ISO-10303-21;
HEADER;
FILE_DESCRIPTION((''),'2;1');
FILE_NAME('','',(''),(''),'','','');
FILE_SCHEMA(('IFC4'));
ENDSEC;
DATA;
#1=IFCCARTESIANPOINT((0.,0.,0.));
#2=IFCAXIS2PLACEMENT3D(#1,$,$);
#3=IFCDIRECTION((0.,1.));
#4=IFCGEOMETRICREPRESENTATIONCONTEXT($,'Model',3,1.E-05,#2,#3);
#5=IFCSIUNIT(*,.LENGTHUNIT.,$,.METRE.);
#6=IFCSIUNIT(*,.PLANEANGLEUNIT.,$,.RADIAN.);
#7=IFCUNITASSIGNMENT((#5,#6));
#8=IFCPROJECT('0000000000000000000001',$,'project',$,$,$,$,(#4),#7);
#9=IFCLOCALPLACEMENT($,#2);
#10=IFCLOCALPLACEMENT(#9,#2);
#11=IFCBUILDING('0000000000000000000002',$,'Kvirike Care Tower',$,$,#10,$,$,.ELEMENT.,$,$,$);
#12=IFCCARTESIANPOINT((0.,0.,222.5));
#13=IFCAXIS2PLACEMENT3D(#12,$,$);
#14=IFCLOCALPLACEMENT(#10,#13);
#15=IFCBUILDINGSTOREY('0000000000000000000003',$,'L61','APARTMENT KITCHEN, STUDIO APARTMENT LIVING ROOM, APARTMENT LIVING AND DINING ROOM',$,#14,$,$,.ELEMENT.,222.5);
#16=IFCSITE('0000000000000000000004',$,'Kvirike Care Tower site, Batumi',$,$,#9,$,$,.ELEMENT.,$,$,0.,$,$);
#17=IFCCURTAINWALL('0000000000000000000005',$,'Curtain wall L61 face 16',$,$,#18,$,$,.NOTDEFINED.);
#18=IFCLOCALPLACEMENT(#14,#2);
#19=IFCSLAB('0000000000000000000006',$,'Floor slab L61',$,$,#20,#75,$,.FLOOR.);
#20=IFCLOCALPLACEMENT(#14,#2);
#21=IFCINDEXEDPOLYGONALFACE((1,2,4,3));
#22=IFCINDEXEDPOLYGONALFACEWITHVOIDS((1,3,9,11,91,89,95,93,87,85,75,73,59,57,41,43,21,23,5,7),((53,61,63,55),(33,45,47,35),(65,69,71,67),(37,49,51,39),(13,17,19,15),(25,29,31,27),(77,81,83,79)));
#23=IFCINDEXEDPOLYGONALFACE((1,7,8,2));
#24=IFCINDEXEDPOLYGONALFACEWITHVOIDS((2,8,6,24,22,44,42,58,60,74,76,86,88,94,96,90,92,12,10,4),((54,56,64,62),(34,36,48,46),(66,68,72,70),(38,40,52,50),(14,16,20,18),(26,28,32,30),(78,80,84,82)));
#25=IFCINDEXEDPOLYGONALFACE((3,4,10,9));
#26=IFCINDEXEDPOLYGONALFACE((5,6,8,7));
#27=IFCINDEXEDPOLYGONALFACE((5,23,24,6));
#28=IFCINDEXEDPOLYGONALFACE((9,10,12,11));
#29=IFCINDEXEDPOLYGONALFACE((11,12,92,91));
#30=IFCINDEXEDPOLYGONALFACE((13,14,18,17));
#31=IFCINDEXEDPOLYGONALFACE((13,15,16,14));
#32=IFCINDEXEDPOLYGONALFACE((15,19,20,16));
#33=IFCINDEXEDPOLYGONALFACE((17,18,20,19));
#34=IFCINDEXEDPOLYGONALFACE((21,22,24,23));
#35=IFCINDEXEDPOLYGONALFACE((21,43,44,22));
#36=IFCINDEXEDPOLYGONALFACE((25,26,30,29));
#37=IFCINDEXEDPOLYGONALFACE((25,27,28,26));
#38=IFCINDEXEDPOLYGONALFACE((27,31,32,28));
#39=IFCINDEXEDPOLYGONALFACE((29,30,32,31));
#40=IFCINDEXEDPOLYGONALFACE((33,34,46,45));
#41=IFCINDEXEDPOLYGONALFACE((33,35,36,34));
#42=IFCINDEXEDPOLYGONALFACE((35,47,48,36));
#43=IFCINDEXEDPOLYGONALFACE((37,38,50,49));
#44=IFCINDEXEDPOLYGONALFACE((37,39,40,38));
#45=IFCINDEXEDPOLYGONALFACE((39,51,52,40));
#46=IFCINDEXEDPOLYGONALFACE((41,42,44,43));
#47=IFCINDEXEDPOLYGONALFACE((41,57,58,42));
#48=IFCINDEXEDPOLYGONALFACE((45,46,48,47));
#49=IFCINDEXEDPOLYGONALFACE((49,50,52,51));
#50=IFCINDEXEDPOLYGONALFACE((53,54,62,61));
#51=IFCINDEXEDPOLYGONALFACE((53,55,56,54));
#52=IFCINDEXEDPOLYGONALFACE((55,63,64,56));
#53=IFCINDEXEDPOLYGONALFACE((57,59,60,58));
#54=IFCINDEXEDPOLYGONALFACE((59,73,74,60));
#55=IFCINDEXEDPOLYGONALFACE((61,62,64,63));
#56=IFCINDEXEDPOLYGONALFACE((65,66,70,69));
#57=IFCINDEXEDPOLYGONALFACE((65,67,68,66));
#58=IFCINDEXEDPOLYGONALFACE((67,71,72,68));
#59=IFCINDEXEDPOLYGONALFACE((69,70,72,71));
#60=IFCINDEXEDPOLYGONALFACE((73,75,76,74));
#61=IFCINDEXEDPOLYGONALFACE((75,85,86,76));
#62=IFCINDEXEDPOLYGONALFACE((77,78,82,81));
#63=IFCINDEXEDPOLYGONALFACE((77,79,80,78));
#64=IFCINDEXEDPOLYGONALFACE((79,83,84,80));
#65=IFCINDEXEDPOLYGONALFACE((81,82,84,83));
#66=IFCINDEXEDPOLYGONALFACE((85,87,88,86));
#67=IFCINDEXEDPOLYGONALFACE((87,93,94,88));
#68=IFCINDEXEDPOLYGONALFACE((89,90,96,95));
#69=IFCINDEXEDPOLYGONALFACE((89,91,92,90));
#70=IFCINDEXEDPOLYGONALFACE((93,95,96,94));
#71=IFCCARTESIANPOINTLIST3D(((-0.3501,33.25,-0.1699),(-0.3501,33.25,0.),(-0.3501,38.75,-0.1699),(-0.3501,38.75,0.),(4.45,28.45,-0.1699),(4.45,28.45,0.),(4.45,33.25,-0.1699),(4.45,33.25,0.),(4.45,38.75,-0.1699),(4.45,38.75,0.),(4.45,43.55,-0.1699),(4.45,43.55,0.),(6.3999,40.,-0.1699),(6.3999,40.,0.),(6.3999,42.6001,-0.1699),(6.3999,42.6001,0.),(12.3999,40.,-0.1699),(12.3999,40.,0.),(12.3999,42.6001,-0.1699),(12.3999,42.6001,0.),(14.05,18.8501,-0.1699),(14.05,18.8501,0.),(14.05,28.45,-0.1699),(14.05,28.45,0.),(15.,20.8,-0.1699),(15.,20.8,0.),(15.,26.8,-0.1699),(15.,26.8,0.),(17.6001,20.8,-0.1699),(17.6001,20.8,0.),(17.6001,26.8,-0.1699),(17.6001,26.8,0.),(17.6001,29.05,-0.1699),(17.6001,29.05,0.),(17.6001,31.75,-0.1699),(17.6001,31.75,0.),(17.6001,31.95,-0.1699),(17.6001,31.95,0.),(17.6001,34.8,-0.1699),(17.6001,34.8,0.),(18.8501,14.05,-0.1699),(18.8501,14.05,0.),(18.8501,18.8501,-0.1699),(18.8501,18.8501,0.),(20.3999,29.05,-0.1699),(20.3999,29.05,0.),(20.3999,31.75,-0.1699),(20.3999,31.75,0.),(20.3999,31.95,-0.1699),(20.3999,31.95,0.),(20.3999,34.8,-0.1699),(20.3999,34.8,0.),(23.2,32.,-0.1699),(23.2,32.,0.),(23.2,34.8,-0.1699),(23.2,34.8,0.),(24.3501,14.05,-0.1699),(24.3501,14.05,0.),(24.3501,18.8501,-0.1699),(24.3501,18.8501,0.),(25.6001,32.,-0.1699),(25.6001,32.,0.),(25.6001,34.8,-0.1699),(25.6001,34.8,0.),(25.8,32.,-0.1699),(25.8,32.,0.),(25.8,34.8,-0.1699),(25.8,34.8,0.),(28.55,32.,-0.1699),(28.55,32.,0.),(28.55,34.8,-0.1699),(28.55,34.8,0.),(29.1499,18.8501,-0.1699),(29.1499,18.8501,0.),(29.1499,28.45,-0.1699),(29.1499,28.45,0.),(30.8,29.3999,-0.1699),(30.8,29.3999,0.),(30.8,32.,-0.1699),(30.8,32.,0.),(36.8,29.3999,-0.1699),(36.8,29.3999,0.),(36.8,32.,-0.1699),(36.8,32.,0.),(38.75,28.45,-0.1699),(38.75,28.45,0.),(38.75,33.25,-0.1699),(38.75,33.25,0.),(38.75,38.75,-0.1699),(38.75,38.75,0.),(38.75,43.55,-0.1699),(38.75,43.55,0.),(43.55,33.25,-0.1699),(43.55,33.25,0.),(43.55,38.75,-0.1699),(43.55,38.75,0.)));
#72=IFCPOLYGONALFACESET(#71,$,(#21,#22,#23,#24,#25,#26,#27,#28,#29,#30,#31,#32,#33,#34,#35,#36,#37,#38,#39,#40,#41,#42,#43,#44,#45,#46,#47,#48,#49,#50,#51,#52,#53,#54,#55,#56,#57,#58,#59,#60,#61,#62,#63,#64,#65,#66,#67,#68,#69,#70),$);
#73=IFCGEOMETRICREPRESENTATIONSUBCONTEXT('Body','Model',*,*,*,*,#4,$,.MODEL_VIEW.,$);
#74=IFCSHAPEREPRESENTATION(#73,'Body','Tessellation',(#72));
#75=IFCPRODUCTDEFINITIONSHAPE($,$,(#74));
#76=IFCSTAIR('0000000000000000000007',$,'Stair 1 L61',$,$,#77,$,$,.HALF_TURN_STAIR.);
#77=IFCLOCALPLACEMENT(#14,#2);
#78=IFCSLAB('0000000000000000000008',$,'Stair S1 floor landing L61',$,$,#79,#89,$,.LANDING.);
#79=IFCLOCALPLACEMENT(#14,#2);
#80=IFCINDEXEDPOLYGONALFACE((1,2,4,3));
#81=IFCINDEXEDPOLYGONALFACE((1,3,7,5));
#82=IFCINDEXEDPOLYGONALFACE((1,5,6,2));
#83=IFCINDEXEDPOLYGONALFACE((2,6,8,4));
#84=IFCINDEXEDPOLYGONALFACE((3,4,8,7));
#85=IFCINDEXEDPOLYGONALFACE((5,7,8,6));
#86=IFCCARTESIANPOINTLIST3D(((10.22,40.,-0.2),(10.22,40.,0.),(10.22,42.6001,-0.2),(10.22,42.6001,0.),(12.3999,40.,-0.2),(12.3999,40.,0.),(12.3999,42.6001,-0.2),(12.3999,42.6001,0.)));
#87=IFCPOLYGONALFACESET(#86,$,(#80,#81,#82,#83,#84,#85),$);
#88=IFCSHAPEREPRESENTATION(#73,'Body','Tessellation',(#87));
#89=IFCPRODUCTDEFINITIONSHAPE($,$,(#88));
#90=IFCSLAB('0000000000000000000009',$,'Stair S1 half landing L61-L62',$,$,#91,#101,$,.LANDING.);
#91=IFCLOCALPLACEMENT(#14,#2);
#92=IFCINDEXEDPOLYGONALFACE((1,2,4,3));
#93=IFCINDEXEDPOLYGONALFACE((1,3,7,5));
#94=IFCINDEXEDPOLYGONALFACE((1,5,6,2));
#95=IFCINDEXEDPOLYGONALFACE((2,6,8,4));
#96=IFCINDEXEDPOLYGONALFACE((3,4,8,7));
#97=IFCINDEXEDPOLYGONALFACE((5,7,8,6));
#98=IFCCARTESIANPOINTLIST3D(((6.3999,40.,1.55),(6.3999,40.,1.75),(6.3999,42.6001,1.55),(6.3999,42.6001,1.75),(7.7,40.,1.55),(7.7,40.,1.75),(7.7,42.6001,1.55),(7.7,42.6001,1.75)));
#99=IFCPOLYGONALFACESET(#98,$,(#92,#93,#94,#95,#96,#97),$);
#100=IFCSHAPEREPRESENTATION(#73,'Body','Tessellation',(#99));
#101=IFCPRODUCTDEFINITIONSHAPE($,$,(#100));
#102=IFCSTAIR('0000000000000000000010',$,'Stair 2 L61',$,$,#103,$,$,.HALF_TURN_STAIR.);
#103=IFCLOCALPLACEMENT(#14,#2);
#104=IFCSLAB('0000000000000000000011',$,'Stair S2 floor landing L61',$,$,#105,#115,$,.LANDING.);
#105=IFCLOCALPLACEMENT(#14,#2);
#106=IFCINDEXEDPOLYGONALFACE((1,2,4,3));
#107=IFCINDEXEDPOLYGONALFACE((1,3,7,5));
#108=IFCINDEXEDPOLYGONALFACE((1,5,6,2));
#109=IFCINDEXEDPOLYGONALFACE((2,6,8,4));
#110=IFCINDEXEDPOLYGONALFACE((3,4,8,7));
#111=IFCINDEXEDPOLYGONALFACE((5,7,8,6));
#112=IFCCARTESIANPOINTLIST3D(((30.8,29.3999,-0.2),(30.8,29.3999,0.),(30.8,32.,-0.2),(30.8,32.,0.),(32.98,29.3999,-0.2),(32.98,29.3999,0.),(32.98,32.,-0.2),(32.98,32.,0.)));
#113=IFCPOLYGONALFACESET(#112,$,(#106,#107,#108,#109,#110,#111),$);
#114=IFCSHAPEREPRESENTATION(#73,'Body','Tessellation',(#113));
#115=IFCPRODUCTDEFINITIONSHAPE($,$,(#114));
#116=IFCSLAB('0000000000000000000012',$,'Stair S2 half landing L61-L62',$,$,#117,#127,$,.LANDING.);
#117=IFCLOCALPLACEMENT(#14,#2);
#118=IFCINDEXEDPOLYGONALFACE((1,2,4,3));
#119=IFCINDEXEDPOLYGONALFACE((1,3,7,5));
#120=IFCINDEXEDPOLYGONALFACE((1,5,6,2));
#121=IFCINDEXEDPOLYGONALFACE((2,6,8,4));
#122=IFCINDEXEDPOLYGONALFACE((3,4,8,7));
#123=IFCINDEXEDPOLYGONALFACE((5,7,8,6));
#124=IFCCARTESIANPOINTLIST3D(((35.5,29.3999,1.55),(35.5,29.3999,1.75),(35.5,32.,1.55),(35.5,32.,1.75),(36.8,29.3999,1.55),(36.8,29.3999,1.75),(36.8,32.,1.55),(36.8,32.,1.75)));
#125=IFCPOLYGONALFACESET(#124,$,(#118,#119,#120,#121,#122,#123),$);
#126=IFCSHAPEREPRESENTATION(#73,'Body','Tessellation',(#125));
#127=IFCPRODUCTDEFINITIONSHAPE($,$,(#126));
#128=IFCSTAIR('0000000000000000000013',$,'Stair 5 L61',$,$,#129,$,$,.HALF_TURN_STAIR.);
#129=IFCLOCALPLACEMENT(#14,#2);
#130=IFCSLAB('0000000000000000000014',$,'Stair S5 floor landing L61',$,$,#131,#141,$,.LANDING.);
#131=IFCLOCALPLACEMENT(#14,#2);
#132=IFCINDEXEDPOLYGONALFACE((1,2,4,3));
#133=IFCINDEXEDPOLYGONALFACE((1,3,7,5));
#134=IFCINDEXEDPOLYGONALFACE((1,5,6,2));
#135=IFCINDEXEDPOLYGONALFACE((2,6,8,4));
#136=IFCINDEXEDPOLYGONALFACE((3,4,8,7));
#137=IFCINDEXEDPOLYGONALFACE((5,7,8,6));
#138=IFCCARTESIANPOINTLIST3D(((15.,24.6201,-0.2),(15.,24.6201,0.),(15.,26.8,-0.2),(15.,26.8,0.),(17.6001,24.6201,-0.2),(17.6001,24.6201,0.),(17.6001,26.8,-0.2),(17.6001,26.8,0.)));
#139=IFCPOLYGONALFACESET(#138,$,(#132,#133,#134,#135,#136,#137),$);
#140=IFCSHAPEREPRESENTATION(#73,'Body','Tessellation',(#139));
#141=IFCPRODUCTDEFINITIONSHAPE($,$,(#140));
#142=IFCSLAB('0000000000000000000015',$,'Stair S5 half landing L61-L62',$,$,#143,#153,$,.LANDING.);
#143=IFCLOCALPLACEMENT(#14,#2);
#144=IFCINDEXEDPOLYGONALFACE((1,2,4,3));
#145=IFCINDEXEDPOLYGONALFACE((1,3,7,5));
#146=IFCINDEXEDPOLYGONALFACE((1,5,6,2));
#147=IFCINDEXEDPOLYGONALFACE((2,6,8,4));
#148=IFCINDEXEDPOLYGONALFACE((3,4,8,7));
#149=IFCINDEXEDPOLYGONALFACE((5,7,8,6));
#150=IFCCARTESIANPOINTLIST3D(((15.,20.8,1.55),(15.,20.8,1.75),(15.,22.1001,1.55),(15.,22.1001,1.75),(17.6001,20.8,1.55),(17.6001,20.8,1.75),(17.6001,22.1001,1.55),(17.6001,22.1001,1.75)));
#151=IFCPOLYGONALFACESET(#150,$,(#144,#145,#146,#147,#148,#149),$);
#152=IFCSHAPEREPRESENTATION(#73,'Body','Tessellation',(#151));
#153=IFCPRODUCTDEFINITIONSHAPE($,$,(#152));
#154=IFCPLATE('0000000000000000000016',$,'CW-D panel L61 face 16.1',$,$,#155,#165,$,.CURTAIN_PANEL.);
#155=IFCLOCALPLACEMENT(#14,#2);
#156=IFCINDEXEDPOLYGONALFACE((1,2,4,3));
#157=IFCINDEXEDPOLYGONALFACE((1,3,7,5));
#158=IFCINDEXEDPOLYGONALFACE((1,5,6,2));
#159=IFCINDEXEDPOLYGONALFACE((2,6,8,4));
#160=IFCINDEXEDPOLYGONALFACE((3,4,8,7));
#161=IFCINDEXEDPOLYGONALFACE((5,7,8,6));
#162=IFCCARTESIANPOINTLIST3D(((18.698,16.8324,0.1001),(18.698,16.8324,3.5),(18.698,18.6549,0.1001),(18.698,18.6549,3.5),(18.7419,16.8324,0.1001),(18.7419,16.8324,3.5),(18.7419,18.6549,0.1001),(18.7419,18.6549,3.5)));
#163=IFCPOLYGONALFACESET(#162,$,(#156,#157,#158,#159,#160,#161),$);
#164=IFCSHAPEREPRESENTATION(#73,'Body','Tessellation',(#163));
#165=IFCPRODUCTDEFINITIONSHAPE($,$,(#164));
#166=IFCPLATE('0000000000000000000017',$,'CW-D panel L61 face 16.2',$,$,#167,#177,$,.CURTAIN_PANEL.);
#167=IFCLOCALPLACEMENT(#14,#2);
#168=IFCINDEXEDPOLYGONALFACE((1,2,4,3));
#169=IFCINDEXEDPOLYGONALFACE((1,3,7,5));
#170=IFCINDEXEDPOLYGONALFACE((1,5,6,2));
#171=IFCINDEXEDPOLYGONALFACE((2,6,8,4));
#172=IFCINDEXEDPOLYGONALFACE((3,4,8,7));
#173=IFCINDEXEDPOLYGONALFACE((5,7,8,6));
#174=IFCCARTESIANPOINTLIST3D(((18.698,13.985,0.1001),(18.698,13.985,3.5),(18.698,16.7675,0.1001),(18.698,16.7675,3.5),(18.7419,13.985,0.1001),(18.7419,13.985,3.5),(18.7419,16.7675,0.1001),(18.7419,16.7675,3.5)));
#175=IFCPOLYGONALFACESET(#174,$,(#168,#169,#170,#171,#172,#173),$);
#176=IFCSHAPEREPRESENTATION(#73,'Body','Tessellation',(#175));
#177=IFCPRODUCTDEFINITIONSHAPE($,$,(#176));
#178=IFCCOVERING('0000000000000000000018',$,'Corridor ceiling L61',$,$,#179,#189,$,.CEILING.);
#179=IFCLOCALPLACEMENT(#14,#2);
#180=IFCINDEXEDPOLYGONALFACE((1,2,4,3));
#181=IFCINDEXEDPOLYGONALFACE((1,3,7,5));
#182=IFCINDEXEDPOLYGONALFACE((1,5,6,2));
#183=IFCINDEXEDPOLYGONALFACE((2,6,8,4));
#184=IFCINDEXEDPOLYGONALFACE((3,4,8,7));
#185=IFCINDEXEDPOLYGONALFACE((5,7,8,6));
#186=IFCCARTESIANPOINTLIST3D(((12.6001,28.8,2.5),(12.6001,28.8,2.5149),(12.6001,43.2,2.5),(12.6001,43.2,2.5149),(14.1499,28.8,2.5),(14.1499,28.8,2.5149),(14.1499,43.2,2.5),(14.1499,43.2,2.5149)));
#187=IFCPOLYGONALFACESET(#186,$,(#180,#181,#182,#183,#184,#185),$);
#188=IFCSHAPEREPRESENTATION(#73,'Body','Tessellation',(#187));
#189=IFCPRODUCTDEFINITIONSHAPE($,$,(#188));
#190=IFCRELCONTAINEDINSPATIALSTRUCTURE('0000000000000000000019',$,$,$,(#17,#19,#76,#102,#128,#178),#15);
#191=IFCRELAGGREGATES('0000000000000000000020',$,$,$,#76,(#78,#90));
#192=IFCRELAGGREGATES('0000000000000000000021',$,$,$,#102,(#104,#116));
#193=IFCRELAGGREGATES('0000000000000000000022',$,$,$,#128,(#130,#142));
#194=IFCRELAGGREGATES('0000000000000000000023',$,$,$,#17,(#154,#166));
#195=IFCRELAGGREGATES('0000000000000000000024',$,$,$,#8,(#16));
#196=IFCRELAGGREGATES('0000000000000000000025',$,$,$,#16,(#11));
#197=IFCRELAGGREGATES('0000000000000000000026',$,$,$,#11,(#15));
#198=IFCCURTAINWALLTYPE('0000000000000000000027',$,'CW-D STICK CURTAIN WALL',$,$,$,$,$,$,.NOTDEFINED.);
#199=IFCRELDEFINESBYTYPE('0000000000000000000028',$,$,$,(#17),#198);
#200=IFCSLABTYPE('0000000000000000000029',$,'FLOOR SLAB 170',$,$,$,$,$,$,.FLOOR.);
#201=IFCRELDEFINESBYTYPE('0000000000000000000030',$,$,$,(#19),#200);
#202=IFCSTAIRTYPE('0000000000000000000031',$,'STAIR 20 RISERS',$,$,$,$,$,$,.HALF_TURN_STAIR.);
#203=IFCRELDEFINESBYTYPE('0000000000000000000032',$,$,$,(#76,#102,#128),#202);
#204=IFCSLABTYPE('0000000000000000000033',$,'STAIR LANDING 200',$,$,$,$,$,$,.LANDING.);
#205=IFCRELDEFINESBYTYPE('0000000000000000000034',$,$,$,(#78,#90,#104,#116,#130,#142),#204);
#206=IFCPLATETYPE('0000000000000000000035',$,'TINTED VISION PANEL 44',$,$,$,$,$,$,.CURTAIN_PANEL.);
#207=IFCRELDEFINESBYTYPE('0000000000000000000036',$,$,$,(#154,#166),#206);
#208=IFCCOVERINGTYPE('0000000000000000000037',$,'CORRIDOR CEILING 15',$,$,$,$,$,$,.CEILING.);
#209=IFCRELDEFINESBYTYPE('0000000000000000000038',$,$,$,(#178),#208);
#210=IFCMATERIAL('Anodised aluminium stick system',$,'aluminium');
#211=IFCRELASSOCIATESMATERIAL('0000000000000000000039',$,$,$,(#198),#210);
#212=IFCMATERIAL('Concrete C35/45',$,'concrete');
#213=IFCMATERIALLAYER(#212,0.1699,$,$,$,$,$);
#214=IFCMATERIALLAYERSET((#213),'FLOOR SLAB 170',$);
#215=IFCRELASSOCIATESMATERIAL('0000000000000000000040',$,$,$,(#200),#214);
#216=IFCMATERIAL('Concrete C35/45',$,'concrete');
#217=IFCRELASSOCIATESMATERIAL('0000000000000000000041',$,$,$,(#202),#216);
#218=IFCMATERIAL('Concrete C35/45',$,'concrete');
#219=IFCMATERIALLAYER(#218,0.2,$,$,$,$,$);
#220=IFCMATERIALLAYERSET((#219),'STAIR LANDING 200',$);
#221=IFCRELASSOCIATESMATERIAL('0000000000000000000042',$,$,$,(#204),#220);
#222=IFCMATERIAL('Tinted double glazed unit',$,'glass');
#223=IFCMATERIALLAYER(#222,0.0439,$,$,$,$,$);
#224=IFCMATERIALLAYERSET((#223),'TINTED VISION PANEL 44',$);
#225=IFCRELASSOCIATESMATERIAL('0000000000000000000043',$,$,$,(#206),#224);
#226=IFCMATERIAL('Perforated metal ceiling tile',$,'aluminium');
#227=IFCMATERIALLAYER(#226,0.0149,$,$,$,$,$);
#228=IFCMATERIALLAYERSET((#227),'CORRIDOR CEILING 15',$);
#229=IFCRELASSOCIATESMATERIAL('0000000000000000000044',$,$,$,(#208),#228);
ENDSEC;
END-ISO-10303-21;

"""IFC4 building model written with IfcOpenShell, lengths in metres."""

from ifc_helpers import new_model, si_unit, direction, frame, origin, origin_2d, place, context, subcontext, project, spatial, polyline, rectangle, outline, extrude, material, layer, layer_set, type_object, element, aggregate, save


model = new_model("IFC4")

# Units and contexts
model_context = context("Model", 3, precision=1e-05, world=origin(), true_north=direction((0.0, 1.0)))
body_context = subcontext(model_context, "Body", "Model", "MODEL_VIEW")
ifc_project = project(units=[si_unit("LENGTHUNIT", "METRE"), si_unit("PLANEANGLEUNIT", "RADIAN")], contexts=[model_context])

# Site, building, storey
site_placement = place(None, origin())
site = spatial("IfcSite", under=ifc_project, at=site_placement, Name="Kvirike Care Tower site, Batumi", CompositionType="ELEMENT", RefElevation=0.0)
building_placement = place(site_placement, origin())
building = spatial("IfcBuilding", under=site, at=building_placement, Name="Kvirike Care Tower", CompositionType="ELEMENT")
storey_placement = place(building_placement, frame((0.0, 0.0, 222.5)))
storey = spatial("IfcBuildingStorey", under=building, at=storey_placement, Name="L61", Description="APARTMENT KITCHEN, STUDIO APARTMENT LIVING ROOM, APARTMENT LIVING AND DINING ROOM", CompositionType="ELEMENT", Elevation=222.5)

# Curtain wall
ifc_material_1 = material(Name="Anodised aluminium stick system", Category="aluminium")
curtain_wall_type = type_object("IfcCurtainWallType", Name="CW-D STICK CURTAIN WALL", PredefinedType="NOTDEFINED", material=ifc_material_1)
curtain_wall_1_placement = place(storey_placement, origin())
curtain_wall_1 = element("IfcCurtainWall", 1, at=curtain_wall_1_placement, inside=storey, type_object=curtain_wall_type, Name="Curtain wall L61 face 16", PredefinedType="NOTDEFINED")

# Slab
ifc_material_2 = material(Name="Concrete C35/45", Category="concrete")
ifc_layer_1 = layer(ifc_material_2, 0.1699)
ifc_layer_set_1 = layer_set([ifc_layer_1], Name="FLOOR SLAB 170")
slab_type_1 = type_object("IfcSlabType", Name="FLOOR SLAB 170", PredefinedType="FLOOR", material=ifc_layer_set_1)
slab_1_placement = place(storey_placement, frame((0.0, 0.0, -0.1699)))
element("IfcSlab", 2, at=slab_1_placement, inside=storey, type_object=slab_type_1, Name="Floor slab L61", PredefinedType="FLOOR", context=body_context, shape_type="SweptSolid", body=[
    extrude(outline(polyline([(29.1499, 28.45), (38.75, 28.45), (38.75, 33.25), (43.55, 33.25), (43.55, 38.75), (38.75, 38.75), (38.75, 43.55), (4.45, 43.55), (4.45, 38.75), (-0.3501, 38.75), (-0.3501, 33.25), (4.45, 33.25), (4.45, 28.45), (14.05, 28.45), (14.05, 18.8501), (18.8501, 18.8501), (18.8501, 14.05), (24.3501, 14.05), (24.3501, 18.8501), (29.1499, 18.8501), (29.1499, 28.45)]), holes=[polyline([(17.6001, 29.05), (17.6001, 31.75), (20.3999, 31.75), (20.3999, 29.05), (17.6001, 29.05)]), polyline([(17.6001, 31.95), (17.6001, 34.8), (20.3999, 34.8), (20.3999, 31.95), (17.6001, 31.95)]), polyline([(23.2, 32.0), (23.2, 34.8), (25.6001, 34.8), (25.6001, 32.0), (23.2, 32.0)]), polyline([(25.8, 32.0), (25.8, 34.8), (28.55, 34.8), (28.55, 32.0), (25.8, 32.0)]), polyline([(12.3999, 42.6001), (12.3999, 40.0), (6.3999, 40.0), (6.3999, 42.6001), (12.3999, 42.6001)]), polyline([(30.8, 29.3999), (30.8, 32.0), (36.8, 32.0), (36.8, 29.3999), (30.8, 29.3999)]), polyline([(15.0, 26.8), (17.6001, 26.8), (17.6001, 20.8), (15.0, 20.8), (15.0, 26.8)])]), origin(), (0.0, 0.0, 1.0), 0.1699),
])

# Stairs, slabs
ifc_material_3 = material(Name="Concrete C35/45", Category="concrete")
stair_type = type_object("IfcStairType", Name="STAIR 20 RISERS", PredefinedType="HALF_TURN_STAIR", material=ifc_material_3)
stair_1_placement = place(storey_placement, origin())
stair_1 = element("IfcStair", 3, at=stair_1_placement, inside=storey, type_object=stair_type, Name="Stair 1 L61", PredefinedType="HALF_TURN_STAIR")
ifc_material_4 = material(Name="Concrete C35/45", Category="concrete")
ifc_layer_2 = layer(ifc_material_4, 0.2)
ifc_layer_set_2 = layer_set([ifc_layer_2], Name="STAIR LANDING 200")
slab_type_2 = type_object("IfcSlabType", Name="STAIR LANDING 200", PredefinedType="LANDING", material=ifc_layer_set_2)
slab_2_placement = place(storey_placement, frame((0.0, 0.0, -0.2)))
slab_2 = element("IfcSlab", 4, at=slab_2_placement, type_object=slab_type_2, Name="Stair S1 floor landing L61", PredefinedType="LANDING", context=body_context, shape_type="SweptSolid", body=[
    extrude(outline(polyline([(10.22, 42.6001), (10.22, 40.0), (12.3999, 40.0), (12.3999, 42.6001), (10.22, 42.6001)])), origin(), (0.0, 0.0, 1.0), 0.2),
])
slab_3_placement = place(storey_placement, frame((0.0, 0.0, 1.55)))
slab_3 = element("IfcSlab", 5, at=slab_3_placement, type_object=slab_type_2, Name="Stair S1 half landing L61-L62", PredefinedType="LANDING", context=body_context, shape_type="SweptSolid", body=[
    extrude(outline(polyline([(6.3999, 42.6001), (6.3999, 40.0), (7.7, 40.0), (7.7, 42.6001), (6.3999, 42.6001)])), origin(), (0.0, 0.0, 1.0), 0.2),
])
aggregate(stair_1, [slab_2, slab_3])
stair_2_placement = place(storey_placement, origin())
stair_2 = element("IfcStair", 6, at=stair_2_placement, inside=storey, type_object=stair_type, Name="Stair 2 L61", PredefinedType="HALF_TURN_STAIR")
slab_4_placement = place(storey_placement, frame((0.0, 0.0, -0.2)))
slab_4 = element("IfcSlab", 7, at=slab_4_placement, type_object=slab_type_2, Name="Stair S2 floor landing L61", PredefinedType="LANDING", context=body_context, shape_type="SweptSolid", body=[
    extrude(outline(polyline([(32.98, 29.3999), (32.98, 32.0), (30.8, 32.0), (30.8, 29.3999), (32.98, 29.3999)])), origin(), (0.0, 0.0, 1.0), 0.2),
])
slab_5_placement = place(storey_placement, frame((0.0, 0.0, 1.55)))
slab_5 = element("IfcSlab", 8, at=slab_5_placement, type_object=slab_type_2, Name="Stair S2 half landing L61-L62", PredefinedType="LANDING", context=body_context, shape_type="SweptSolid", body=[
    extrude(outline(polyline([(36.8, 29.3999), (36.8, 32.0), (35.5, 32.0), (35.5, 29.3999), (36.8, 29.3999)])), origin(), (0.0, 0.0, 1.0), 0.2),
])
aggregate(stair_2, [slab_4, slab_5])
stair_3_placement = place(storey_placement, origin())
stair_3 = element("IfcStair", 9, at=stair_3_placement, inside=storey, type_object=stair_type, Name="Stair 5 L61", PredefinedType="HALF_TURN_STAIR")
slab_6_placement = place(storey_placement, frame((0.0, 0.0, -0.2)))
slab_6 = element("IfcSlab", 10, at=slab_6_placement, type_object=slab_type_2, Name="Stair S5 floor landing L61", PredefinedType="LANDING", context=body_context, shape_type="SweptSolid", body=[
    extrude(outline(polyline([(15.0, 24.6201), (17.6001, 24.6201), (17.6001, 26.8), (15.0, 26.8), (15.0, 24.6201)])), origin(), (0.0, 0.0, 1.0), 0.2),
])
slab_7_placement = place(storey_placement, frame((0.0, 0.0, 1.55)))
slab_7 = element("IfcSlab", 11, at=slab_7_placement, type_object=slab_type_2, Name="Stair S5 half landing L61-L62", PredefinedType="LANDING", context=body_context, shape_type="SweptSolid", body=[
    extrude(outline(polyline([(15.0, 20.8), (17.6001, 20.8), (17.6001, 22.1001), (15.0, 22.1001), (15.0, 20.8)])), origin(), (0.0, 0.0, 1.0), 0.2),
])
aggregate(stair_3, [slab_6, slab_7])

# Plates
ifc_material_5 = material(Name="Tinted double glazed unit", Category="glass")
ifc_layer_3 = layer(ifc_material_5, 0.0439)
ifc_layer_set_3 = layer_set([ifc_layer_3], Name="TINTED VISION PANEL 44")
plate_type = type_object("IfcPlateType", Name="TINTED VISION PANEL 44", PredefinedType="CURTAIN_PANEL", material=ifc_layer_set_3)
plate_1_placement = place(storey_placement, frame((18.72, 17.7437, 0.1001), z_axis=(0.0, 0.0, 1.0), x_axis=(0.0, -1.0, 0.0)))
plate_1 = element("IfcPlate", 12, at=plate_1_placement, type_object=plate_type, Name="CW-D panel L61 face 16.1", PredefinedType="CURTAIN_PANEL", context=body_context, shape_type="SweptSolid", body=[
    extrude(rectangle(XDim=1.8225, YDim=0.0439, at=origin_2d()), origin(), (0.0, 0.0, 1.0), 3.3999),
])
plate_2_placement = place(storey_placement, frame((18.72, 15.3762, 0.1001), z_axis=(0.0, 0.0, 1.0), x_axis=(0.0, -1.0, 0.0)))
plate_2 = element("IfcPlate", 13, at=plate_2_placement, type_object=plate_type, Name="CW-D panel L61 face 16.2", PredefinedType="CURTAIN_PANEL", context=body_context, shape_type="SweptSolid", body=[
    extrude(rectangle(XDim=2.7825, YDim=0.0439, at=origin_2d()), origin(), (0.0, 0.0, 1.0), 3.3999),
])
aggregate(curtain_wall_1, [plate_1, plate_2])

# Covering
ifc_material_6 = material(Name="Perforated metal ceiling tile", Category="aluminium")
ifc_layer_4 = layer(ifc_material_6, 0.0149)
ifc_layer_set_4 = layer_set([ifc_layer_4], Name="CORRIDOR CEILING 15")
covering_type_1 = type_object("IfcCoveringType", Name="CORRIDOR CEILING 15", PredefinedType="CEILING", material=ifc_layer_set_4)
covering_1_placement = place(storey_placement, frame((0.0, 0.0, 2.5)))
element("IfcCovering", 14, at=covering_1_placement, inside=storey, type_object=covering_type_1, Name="Corridor ceiling L61", PredefinedType="CEILING", context=body_context, shape_type="SweptSolid", body=[
    extrude(outline(polyline([(12.6001, 43.2), (14.1499, 43.2), (14.1499, 28.8), (12.6001, 28.8), (12.6001, 43.2)])), origin(), (0.0, 0.0, 1.0), 0.0149),
])

save(model, "model.ifc")
